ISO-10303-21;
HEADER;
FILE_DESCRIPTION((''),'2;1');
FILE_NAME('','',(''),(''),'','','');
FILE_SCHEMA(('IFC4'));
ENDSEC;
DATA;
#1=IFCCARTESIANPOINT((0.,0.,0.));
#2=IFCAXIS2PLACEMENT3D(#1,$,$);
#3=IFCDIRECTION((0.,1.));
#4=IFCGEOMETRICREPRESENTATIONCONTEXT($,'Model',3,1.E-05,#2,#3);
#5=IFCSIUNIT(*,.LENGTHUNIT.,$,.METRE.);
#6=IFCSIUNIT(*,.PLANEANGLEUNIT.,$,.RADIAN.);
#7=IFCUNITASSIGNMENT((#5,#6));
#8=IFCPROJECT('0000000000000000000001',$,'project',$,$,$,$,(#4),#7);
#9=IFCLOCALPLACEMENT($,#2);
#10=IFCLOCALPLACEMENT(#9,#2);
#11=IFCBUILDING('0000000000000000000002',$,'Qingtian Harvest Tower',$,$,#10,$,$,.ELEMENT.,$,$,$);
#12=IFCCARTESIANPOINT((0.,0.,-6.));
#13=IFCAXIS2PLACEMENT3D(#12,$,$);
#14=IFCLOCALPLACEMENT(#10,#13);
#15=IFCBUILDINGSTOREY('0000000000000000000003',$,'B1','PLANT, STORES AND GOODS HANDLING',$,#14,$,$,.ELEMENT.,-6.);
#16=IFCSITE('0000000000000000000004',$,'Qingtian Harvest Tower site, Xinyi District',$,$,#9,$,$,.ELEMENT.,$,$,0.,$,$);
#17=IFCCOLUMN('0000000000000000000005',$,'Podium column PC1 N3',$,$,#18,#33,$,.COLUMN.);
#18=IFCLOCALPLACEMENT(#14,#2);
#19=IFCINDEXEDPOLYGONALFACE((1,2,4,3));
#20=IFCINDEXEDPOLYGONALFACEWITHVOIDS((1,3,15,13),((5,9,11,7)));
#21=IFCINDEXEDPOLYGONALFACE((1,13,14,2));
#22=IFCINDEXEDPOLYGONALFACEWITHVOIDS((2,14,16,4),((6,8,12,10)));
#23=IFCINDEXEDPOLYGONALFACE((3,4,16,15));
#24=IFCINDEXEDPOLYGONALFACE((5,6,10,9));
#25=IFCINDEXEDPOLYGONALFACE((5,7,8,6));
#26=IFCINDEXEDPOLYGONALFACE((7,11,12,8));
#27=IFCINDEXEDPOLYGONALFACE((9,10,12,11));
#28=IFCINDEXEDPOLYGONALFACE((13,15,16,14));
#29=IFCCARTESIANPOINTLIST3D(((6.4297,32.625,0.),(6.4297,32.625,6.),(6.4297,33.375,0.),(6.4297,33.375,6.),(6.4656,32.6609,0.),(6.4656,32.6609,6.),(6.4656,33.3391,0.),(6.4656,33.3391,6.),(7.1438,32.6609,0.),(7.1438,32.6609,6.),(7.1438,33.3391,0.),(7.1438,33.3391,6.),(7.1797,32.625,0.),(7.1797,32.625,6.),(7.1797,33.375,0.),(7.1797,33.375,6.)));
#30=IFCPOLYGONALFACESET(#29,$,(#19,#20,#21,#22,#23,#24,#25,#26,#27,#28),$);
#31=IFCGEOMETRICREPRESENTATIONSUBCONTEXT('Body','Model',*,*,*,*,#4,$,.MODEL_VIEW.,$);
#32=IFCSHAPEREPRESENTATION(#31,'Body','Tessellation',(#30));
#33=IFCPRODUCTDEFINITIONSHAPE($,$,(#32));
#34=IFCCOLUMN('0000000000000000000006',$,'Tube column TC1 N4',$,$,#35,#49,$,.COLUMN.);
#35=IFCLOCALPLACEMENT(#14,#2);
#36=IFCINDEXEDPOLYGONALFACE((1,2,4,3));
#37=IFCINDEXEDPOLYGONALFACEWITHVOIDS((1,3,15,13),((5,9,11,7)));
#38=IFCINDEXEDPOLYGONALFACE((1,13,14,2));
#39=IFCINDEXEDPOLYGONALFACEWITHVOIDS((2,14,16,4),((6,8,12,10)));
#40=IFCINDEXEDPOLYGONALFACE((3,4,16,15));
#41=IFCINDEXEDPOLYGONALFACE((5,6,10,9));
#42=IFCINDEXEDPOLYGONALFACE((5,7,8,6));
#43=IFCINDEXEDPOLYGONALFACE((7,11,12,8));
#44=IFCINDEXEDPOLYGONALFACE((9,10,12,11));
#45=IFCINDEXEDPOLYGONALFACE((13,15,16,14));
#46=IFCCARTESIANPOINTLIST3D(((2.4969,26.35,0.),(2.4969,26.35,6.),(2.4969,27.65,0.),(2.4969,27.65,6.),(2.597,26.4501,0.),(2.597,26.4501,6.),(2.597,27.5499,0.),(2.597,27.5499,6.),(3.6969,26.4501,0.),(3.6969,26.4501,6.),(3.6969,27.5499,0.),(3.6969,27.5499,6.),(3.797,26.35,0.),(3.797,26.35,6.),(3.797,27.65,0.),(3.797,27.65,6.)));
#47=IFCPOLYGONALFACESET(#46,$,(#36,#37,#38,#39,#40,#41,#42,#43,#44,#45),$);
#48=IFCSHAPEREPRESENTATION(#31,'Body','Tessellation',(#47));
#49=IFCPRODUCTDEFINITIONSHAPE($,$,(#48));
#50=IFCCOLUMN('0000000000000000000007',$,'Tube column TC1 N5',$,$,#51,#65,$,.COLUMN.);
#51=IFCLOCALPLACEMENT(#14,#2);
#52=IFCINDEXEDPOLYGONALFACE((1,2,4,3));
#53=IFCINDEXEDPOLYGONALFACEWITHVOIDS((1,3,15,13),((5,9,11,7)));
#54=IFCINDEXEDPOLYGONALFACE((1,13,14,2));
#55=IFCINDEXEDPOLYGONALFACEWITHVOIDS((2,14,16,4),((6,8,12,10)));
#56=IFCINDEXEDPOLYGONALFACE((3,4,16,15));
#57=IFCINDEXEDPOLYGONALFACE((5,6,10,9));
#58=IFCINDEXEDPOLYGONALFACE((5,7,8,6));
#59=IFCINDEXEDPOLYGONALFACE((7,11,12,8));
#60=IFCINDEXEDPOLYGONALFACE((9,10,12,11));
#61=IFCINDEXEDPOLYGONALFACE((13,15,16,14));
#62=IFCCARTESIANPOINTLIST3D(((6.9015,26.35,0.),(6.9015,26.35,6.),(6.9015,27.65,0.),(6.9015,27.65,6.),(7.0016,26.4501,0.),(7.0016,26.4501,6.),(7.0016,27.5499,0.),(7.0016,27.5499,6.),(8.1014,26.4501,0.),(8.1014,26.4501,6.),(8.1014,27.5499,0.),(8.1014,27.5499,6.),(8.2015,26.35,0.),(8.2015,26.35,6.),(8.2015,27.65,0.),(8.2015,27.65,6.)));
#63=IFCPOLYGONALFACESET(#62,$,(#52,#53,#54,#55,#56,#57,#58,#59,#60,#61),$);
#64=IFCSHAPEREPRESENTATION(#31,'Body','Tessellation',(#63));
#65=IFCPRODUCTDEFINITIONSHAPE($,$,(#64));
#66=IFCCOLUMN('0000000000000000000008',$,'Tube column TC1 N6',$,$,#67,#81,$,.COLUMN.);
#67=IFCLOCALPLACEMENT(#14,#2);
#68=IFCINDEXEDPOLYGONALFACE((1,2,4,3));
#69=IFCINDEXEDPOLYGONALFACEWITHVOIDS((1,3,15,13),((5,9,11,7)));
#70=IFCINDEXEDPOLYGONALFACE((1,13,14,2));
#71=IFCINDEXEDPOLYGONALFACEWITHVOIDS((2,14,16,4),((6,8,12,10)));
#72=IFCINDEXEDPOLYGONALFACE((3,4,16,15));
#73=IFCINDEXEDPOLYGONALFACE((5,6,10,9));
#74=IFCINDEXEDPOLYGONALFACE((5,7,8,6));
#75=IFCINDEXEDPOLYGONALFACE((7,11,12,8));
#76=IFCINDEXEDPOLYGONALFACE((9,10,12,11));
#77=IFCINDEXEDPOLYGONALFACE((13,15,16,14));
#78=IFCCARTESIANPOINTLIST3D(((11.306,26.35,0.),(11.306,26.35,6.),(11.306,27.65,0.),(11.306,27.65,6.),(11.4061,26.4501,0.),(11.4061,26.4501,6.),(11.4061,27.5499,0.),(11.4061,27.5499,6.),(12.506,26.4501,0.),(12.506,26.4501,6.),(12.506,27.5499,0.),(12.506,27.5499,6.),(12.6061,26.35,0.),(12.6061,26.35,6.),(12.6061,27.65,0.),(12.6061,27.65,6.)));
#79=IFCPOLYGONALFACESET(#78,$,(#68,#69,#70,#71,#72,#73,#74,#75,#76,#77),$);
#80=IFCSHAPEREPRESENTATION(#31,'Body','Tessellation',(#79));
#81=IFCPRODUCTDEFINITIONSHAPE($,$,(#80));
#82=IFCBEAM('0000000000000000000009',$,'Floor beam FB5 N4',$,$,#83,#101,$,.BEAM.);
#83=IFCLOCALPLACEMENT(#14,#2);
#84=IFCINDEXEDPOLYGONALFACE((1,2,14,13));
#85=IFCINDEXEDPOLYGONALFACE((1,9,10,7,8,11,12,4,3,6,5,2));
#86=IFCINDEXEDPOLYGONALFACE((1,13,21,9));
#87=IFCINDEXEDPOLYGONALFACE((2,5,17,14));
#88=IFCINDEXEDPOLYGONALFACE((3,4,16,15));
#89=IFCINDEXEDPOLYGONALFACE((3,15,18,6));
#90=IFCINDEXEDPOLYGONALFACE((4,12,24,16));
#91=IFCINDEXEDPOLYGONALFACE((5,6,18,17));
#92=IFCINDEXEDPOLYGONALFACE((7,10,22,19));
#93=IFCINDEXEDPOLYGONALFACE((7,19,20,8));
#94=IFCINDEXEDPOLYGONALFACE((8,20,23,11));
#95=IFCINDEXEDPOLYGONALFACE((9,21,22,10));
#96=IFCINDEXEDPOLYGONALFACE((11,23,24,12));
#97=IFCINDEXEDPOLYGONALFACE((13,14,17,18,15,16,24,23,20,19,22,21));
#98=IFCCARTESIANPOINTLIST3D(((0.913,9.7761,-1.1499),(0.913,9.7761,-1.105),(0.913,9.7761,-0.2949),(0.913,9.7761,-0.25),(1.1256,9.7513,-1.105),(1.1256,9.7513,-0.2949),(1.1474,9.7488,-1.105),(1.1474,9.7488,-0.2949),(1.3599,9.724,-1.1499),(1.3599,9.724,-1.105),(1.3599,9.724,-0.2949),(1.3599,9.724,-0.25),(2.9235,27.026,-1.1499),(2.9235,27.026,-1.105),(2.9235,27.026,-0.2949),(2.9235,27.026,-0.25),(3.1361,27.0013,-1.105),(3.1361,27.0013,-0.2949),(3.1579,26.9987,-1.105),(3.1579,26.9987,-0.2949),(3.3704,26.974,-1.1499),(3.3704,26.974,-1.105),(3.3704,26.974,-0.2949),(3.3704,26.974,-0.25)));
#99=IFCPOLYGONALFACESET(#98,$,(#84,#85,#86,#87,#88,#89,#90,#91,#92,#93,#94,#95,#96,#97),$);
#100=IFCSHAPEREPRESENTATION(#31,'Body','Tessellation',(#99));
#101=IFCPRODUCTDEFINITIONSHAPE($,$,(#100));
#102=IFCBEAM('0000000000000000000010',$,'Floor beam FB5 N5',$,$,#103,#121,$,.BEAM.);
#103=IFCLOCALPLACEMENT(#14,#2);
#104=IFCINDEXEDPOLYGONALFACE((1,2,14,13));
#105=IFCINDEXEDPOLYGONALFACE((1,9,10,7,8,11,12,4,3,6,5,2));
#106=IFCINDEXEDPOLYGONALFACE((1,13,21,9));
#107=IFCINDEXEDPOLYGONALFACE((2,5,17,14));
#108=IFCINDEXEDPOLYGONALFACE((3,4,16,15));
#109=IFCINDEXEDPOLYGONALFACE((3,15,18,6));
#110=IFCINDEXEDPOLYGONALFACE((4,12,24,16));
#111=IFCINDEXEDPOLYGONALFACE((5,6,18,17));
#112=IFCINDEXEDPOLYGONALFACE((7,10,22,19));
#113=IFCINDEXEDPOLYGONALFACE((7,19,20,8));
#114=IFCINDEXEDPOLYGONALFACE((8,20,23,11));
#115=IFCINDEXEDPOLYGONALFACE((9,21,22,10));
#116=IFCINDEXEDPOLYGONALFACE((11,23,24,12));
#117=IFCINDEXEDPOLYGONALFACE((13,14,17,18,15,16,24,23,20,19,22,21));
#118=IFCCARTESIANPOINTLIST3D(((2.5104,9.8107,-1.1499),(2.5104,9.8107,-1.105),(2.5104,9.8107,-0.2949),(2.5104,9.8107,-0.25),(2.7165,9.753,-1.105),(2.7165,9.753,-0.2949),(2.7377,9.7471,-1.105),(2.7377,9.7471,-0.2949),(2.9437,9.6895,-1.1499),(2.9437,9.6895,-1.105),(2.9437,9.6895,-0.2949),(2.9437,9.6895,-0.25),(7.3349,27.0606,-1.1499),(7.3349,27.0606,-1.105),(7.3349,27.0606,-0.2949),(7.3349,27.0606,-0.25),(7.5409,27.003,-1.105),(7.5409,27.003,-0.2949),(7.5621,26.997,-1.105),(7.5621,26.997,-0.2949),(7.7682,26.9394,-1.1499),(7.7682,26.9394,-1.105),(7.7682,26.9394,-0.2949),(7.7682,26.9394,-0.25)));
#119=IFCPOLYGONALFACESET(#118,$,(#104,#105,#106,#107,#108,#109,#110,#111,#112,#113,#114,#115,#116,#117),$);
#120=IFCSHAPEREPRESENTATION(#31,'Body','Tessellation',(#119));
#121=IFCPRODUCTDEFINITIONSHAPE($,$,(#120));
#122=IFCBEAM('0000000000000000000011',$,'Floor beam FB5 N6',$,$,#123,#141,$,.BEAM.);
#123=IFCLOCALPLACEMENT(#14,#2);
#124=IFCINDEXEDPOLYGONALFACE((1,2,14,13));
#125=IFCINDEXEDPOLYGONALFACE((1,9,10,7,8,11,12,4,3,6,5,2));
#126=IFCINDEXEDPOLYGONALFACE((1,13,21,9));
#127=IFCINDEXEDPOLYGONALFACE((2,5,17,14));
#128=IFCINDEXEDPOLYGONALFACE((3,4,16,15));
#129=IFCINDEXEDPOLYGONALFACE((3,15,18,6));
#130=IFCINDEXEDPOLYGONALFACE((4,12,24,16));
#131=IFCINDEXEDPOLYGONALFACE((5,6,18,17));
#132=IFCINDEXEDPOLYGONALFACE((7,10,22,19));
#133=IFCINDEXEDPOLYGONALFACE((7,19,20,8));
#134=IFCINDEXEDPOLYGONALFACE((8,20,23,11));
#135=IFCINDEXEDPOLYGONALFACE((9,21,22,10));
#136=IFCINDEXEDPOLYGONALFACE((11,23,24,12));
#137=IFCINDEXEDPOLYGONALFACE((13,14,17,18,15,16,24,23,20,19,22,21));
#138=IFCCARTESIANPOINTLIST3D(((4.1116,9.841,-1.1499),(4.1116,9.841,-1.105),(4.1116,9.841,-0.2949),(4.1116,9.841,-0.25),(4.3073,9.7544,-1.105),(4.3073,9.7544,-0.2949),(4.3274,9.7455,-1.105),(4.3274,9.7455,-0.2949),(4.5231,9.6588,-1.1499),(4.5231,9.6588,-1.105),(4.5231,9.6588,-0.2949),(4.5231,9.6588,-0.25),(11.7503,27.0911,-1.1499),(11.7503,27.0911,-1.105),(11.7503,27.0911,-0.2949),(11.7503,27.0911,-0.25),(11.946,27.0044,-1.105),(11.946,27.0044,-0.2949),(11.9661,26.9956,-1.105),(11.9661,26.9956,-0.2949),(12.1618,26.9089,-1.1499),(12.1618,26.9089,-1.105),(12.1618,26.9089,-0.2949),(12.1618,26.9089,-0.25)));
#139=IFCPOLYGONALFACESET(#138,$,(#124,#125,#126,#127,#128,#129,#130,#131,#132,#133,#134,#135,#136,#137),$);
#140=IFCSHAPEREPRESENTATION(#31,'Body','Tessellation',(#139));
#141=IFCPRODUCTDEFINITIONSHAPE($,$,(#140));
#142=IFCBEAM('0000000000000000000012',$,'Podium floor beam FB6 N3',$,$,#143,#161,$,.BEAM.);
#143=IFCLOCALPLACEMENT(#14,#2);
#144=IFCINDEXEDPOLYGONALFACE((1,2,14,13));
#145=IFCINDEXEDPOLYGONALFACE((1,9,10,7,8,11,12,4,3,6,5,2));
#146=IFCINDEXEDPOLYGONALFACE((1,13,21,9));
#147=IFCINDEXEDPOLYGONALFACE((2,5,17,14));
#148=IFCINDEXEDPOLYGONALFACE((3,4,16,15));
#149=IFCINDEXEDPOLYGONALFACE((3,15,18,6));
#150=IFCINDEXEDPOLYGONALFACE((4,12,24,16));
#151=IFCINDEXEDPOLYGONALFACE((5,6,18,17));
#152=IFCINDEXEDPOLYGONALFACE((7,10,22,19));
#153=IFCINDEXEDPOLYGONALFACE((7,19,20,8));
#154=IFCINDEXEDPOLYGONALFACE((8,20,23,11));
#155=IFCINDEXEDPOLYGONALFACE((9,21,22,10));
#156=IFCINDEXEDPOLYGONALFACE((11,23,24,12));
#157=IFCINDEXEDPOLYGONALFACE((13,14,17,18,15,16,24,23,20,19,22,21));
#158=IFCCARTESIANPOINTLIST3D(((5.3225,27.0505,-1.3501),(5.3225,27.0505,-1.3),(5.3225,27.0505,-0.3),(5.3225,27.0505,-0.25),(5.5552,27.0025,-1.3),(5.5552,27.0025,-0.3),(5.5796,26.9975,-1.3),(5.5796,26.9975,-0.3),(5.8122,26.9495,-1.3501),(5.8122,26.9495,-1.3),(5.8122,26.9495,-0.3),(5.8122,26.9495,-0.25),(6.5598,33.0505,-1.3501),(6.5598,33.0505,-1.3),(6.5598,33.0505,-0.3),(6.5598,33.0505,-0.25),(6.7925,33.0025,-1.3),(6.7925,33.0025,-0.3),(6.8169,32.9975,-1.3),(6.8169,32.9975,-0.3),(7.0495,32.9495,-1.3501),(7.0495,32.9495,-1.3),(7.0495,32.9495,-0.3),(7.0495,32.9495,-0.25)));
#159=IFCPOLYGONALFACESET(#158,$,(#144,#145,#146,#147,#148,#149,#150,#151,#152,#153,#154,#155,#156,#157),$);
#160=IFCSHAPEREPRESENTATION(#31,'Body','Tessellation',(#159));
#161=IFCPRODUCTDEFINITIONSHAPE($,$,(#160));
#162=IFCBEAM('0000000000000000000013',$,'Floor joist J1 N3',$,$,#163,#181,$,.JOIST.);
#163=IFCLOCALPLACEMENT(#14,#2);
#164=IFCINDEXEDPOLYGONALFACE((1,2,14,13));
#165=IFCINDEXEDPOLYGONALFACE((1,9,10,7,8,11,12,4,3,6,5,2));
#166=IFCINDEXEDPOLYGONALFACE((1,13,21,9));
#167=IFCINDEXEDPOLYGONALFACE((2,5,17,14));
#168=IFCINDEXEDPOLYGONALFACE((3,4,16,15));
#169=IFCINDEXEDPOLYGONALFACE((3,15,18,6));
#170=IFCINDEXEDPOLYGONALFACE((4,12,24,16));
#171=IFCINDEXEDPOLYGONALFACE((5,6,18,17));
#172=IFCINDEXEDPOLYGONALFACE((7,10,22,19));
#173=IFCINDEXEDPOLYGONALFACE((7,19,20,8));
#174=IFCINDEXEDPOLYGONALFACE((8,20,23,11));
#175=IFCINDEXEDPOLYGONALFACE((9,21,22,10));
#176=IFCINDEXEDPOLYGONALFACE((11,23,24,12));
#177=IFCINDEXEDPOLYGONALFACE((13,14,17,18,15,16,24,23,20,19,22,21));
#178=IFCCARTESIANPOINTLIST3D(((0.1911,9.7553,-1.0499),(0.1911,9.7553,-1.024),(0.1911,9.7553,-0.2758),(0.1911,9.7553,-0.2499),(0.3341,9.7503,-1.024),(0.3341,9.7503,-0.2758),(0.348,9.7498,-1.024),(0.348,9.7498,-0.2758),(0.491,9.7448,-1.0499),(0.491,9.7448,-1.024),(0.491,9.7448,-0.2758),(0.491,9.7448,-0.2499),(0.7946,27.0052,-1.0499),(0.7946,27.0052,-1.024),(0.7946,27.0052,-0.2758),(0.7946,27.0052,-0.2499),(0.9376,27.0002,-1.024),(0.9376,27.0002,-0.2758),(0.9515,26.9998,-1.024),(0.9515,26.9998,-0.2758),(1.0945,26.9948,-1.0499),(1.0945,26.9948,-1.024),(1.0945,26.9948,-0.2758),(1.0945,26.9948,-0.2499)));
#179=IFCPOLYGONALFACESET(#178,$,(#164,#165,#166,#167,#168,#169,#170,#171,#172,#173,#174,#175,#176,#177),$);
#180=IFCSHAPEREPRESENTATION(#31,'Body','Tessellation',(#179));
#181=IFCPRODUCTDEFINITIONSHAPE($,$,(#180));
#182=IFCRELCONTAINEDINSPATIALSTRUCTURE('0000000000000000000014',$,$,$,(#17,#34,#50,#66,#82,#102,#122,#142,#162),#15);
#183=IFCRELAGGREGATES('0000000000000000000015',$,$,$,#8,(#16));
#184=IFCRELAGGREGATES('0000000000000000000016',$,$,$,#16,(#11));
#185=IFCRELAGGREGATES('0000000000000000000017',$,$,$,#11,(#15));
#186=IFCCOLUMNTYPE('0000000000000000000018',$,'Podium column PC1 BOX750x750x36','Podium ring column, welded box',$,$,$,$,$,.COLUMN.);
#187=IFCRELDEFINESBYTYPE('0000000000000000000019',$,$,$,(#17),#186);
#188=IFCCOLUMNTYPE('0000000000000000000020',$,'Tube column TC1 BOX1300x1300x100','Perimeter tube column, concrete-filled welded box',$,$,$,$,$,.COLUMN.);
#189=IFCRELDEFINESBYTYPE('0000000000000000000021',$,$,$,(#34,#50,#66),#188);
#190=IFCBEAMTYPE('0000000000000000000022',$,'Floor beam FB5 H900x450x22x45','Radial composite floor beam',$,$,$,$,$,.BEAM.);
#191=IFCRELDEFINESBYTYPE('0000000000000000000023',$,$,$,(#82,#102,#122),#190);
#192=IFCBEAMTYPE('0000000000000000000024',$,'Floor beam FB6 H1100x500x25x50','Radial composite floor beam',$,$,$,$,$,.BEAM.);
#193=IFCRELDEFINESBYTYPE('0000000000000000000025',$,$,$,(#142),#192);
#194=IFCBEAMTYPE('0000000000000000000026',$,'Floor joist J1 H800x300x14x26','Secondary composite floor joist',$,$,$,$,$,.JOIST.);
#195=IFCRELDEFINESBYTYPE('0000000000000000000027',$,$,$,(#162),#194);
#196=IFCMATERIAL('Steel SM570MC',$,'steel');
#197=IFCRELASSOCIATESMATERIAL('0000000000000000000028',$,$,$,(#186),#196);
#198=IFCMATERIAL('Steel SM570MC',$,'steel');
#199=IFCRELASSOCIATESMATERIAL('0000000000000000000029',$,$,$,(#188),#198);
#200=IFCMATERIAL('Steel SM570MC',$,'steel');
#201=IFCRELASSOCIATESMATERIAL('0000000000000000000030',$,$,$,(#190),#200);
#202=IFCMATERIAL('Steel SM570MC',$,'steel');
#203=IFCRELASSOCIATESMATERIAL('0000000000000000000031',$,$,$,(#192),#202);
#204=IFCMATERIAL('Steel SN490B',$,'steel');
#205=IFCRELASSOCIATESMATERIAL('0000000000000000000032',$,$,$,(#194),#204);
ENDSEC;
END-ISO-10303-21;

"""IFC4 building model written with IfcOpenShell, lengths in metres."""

from ifc_helpers import new_model, si_unit, direction, frame, origin, origin_2d, place, context, subcontext, project, spatial, hollow_rectangle, i_section, extrude, material, material_profile, profile_set, type_object, element, save


model = new_model("IFC4")

# Units and contexts
model_context = context("Model", 3, precision=1e-05, world=origin(), true_north=direction((0.0, 1.0)))
body_context = subcontext(model_context, "Body", "Model", "MODEL_VIEW")
ifc_project = project(units=[si_unit("LENGTHUNIT", "METRE"), si_unit("PLANEANGLEUNIT", "RADIAN")], contexts=[model_context])

# Site, building, storey
site_placement = place(None, origin())
site = spatial("IfcSite", under=ifc_project, at=site_placement, Name="Qingtian Harvest Tower site, Xinyi District", CompositionType="ELEMENT", RefElevation=0.0)
building_placement = place(site_placement, origin())
building = spatial("IfcBuilding", under=site, at=building_placement, Name="Qingtian Harvest Tower", CompositionType="ELEMENT")
storey_placement = place(building_placement, frame((0.0, 0.0, -6.0)))
storey = spatial("IfcBuildingStorey", under=building, at=storey_placement, Name="B1", Description="PLANT, STORES AND GOODS HANDLING", CompositionType="ELEMENT", Elevation=-6.0)

# Columns
ifc_material_1 = material(Name="Steel SM570MC", Category="steel")
ifc_material_profile_1 = material_profile(ifc_material_1, hollow_rectangle(XDim=0.75, YDim=0.75, WallThickness=0.0359, at=origin_2d()), Name="BOX750x750x36")
ifc_profile_set_1 = profile_set([ifc_material_profile_1], Name="Steel SM570MC")
column_type_1 = type_object("IfcColumnType", Name="Podium column PC1 BOX750x750x36", Description="Podium ring column, welded box", PredefinedType="COLUMN", material=ifc_profile_set_1)
column_placement = place(storey_placement, frame((6.8047, 33.0, 0.0), z_axis=(0.0, 0.0, 1.0), x_axis=(-1.0, 0.0, 0.0)))
element("IfcColumn", 1, at=column_placement, inside=storey, type_object=column_type_1, Name="Podium column PC1 N3", PredefinedType="COLUMN", context=body_context, shape_type="SweptSolid", body=[
    extrude(hollow_rectangle(XDim=0.75, YDim=0.75, WallThickness=0.0359, at=origin_2d()), origin(), (0.0, 0.0, 1.0), 6.0),
])
ifc_material_2 = material(Name="Steel SM570MC", Category="steel")
ifc_material_profile_2 = material_profile(ifc_material_2, hollow_rectangle(XDim=1.3, YDim=1.3, WallThickness=0.1001, at=origin_2d()), Name="BOX1300x1300x100")
ifc_profile_set_2 = profile_set([ifc_material_profile_2], Name="Steel SM570MC")
column_type_2 = type_object("IfcColumnType", Name="Tube column TC1 BOX1300x1300x100", Description="Perimeter tube column, concrete-filled welded box", PredefinedType="COLUMN", material=ifc_profile_set_2)
for number, where, z_axis, x_axis, name in (
    (2, (3.147, 27.0, 0.0), (0.0, 0.0, 1.0), (-1.0, 0.0, 0.0), "Tube column TC1 N4"),
    (3, (7.5515, 27.0, 0.0), (0.0, 0.0, 1.0), (-1.0, 0.0, 0.0), "Tube column TC1 N5"),
    (4, (11.9561, 27.0, 0.0), (0.0, 0.0, 1.0), (-1.0, 0.0, 0.0), "Tube column TC1 N6"),
):
    element("IfcColumn", number, at=place(storey_placement, frame(where, z_axis=z_axis, x_axis=x_axis)), inside=storey, type_object=column_type_2, Name=name, PredefinedType="COLUMN", context=body_context, shape_type="SweptSolid", body=[
        extrude(hollow_rectangle(XDim=1.3, YDim=1.3, WallThickness=0.1001, at=origin_2d()), origin(), (0.0, 0.0, 1.0), 6.0),
    ])

# Beams
ifc_material_3 = material(Name="Steel SM570MC", Category="steel")
ifc_material_profile_3 = material_profile(ifc_material_3, i_section(OverallWidth=0.45, OverallDepth=0.8999, WebThickness=0.022, FlangeThickness=0.0449, at=origin_2d()), Name="H900x450x22x45")
ifc_profile_set_3 = profile_set([ifc_material_profile_3], Name="Steel SM570MC")
beam_type_1 = type_object("IfcBeamType", Name="Floor beam FB5 H900x450x22x45", Description="Radial composite floor beam", PredefinedType="BEAM", material=ifc_profile_set_3)
beam_1_placement = place(storey_placement, frame((3.147, 27.0, -0.7), z_axis=(-0.115767, -0.993276, 0.0), x_axis=(0.993276, -0.115767, 0.0)))
element("IfcBeam", 5, at=beam_1_placement, inside=storey, type_object=beam_type_1, Name="Floor beam FB5 N4", PredefinedType="BEAM", context=body_context, shape_type="SweptSolid", body=[
    extrude(i_section(OverallWidth=0.45, OverallDepth=0.8999, WebThickness=0.022, FlangeThickness=0.0449, at=origin_2d()), origin(), (0.0, 0.0, 1.0), 17.3667),
])
beam_2_placement = place(storey_placement, frame((7.5515, 27.0, -0.7), z_axis=(-0.269343, -0.963044, 0.0), x_axis=(0.963044, -0.269343, 0.0)))
element("IfcBeam", 6, at=beam_2_placement, inside=storey, type_object=beam_type_1, Name="Floor beam FB5 N5", PredefinedType="BEAM", context=body_context, shape_type="SweptSolid", body=[
    extrude(i_section(OverallWidth=0.45, OverallDepth=0.8999, WebThickness=0.022, FlangeThickness=0.0449, at=origin_2d()), origin(), (0.0, 0.0, 1.0), 17.9119),
])
beam_3_placement = place(storey_placement, frame((11.9561, 27.0, -0.7), z_axis=(-0.404899, -0.914361, 0.0), x_axis=(0.914361, -0.404899, 0.0)))
element("IfcBeam", 7, at=beam_3_placement, inside=storey, type_object=beam_type_1, Name="Floor beam FB5 N6", PredefinedType="BEAM", context=body_context, shape_type="SweptSolid", body=[
    extrude(i_section(OverallWidth=0.45, OverallDepth=0.8999, WebThickness=0.022, FlangeThickness=0.0449, at=origin_2d()), origin(), (0.0, 0.0, 1.0), 18.8657),
])
ifc_material_4 = material(Name="Steel SM570MC", Category="steel")
ifc_material_profile_4 = material_profile(ifc_material_4, i_section(OverallWidth=0.5, OverallDepth=1.1001, WebThickness=0.0249, FlangeThickness=0.05, at=origin_2d()), Name="H1100x500x25x50")
ifc_profile_set_4 = profile_set([ifc_material_profile_4], Name="Steel SM570MC")
beam_type_2 = type_object("IfcBeamType", Name="Floor beam FB6 H1100x500x25x50", Description="Radial composite floor beam", PredefinedType="BEAM", material=ifc_profile_set_4)
beam_4_placement = place(storey_placement, frame((6.8047, 33.0, -0.8), z_axis=(-0.201968, -0.979392, 0.0), x_axis=(0.979392, -0.201968, 0.0)))
element("IfcBeam", 8, at=beam_4_placement, inside=storey, type_object=beam_type_2, Name="Podium floor beam FB6 N3", PredefinedType="BEAM", context=body_context, shape_type="SweptSolid", body=[
    extrude(i_section(OverallWidth=0.5, OverallDepth=1.1001, WebThickness=0.0249, FlangeThickness=0.05, at=origin_2d()), origin(), (0.0, 0.0, 1.0), 6.1262),
])
ifc_material_5 = material(Name="Steel SN490B", Category="steel")
ifc_material_profile_5 = material_profile(ifc_material_5, i_section(OverallWidth=0.3, OverallDepth=0.8, WebThickness=0.0139, FlangeThickness=0.0259, at=origin_2d()), Name="H800x300x14x26")
ifc_profile_set_5 = profile_set([ifc_material_profile_5], Name="Steel SN490B")
beam_type_3 = type_object("IfcBeamType", Name="Floor joist J1 H800x300x14x26", Description="Secondary composite floor joist", PredefinedType="JOIST", material=ifc_profile_set_5)
beam_5_placement = place(storey_placement, frame((0.9446, 27.0, -0.6499), z_axis=(-0.034965, -0.999389, 0.0), x_axis=(0.999389, -0.034965, 0.0)))
element("IfcBeam", 9, at=beam_5_placement, inside=storey, type_object=beam_type_3, Name="Floor joist J1 N3", PredefinedType="JOIST", context=body_context, shape_type="SweptSolid", body=[
    extrude(i_section(OverallWidth=0.3, OverallDepth=0.8, WebThickness=0.0139, FlangeThickness=0.0259, at=origin_2d()), origin(), (0.0, 0.0, 1.0), 17.2605),
])

save(model, "model.ifc")
